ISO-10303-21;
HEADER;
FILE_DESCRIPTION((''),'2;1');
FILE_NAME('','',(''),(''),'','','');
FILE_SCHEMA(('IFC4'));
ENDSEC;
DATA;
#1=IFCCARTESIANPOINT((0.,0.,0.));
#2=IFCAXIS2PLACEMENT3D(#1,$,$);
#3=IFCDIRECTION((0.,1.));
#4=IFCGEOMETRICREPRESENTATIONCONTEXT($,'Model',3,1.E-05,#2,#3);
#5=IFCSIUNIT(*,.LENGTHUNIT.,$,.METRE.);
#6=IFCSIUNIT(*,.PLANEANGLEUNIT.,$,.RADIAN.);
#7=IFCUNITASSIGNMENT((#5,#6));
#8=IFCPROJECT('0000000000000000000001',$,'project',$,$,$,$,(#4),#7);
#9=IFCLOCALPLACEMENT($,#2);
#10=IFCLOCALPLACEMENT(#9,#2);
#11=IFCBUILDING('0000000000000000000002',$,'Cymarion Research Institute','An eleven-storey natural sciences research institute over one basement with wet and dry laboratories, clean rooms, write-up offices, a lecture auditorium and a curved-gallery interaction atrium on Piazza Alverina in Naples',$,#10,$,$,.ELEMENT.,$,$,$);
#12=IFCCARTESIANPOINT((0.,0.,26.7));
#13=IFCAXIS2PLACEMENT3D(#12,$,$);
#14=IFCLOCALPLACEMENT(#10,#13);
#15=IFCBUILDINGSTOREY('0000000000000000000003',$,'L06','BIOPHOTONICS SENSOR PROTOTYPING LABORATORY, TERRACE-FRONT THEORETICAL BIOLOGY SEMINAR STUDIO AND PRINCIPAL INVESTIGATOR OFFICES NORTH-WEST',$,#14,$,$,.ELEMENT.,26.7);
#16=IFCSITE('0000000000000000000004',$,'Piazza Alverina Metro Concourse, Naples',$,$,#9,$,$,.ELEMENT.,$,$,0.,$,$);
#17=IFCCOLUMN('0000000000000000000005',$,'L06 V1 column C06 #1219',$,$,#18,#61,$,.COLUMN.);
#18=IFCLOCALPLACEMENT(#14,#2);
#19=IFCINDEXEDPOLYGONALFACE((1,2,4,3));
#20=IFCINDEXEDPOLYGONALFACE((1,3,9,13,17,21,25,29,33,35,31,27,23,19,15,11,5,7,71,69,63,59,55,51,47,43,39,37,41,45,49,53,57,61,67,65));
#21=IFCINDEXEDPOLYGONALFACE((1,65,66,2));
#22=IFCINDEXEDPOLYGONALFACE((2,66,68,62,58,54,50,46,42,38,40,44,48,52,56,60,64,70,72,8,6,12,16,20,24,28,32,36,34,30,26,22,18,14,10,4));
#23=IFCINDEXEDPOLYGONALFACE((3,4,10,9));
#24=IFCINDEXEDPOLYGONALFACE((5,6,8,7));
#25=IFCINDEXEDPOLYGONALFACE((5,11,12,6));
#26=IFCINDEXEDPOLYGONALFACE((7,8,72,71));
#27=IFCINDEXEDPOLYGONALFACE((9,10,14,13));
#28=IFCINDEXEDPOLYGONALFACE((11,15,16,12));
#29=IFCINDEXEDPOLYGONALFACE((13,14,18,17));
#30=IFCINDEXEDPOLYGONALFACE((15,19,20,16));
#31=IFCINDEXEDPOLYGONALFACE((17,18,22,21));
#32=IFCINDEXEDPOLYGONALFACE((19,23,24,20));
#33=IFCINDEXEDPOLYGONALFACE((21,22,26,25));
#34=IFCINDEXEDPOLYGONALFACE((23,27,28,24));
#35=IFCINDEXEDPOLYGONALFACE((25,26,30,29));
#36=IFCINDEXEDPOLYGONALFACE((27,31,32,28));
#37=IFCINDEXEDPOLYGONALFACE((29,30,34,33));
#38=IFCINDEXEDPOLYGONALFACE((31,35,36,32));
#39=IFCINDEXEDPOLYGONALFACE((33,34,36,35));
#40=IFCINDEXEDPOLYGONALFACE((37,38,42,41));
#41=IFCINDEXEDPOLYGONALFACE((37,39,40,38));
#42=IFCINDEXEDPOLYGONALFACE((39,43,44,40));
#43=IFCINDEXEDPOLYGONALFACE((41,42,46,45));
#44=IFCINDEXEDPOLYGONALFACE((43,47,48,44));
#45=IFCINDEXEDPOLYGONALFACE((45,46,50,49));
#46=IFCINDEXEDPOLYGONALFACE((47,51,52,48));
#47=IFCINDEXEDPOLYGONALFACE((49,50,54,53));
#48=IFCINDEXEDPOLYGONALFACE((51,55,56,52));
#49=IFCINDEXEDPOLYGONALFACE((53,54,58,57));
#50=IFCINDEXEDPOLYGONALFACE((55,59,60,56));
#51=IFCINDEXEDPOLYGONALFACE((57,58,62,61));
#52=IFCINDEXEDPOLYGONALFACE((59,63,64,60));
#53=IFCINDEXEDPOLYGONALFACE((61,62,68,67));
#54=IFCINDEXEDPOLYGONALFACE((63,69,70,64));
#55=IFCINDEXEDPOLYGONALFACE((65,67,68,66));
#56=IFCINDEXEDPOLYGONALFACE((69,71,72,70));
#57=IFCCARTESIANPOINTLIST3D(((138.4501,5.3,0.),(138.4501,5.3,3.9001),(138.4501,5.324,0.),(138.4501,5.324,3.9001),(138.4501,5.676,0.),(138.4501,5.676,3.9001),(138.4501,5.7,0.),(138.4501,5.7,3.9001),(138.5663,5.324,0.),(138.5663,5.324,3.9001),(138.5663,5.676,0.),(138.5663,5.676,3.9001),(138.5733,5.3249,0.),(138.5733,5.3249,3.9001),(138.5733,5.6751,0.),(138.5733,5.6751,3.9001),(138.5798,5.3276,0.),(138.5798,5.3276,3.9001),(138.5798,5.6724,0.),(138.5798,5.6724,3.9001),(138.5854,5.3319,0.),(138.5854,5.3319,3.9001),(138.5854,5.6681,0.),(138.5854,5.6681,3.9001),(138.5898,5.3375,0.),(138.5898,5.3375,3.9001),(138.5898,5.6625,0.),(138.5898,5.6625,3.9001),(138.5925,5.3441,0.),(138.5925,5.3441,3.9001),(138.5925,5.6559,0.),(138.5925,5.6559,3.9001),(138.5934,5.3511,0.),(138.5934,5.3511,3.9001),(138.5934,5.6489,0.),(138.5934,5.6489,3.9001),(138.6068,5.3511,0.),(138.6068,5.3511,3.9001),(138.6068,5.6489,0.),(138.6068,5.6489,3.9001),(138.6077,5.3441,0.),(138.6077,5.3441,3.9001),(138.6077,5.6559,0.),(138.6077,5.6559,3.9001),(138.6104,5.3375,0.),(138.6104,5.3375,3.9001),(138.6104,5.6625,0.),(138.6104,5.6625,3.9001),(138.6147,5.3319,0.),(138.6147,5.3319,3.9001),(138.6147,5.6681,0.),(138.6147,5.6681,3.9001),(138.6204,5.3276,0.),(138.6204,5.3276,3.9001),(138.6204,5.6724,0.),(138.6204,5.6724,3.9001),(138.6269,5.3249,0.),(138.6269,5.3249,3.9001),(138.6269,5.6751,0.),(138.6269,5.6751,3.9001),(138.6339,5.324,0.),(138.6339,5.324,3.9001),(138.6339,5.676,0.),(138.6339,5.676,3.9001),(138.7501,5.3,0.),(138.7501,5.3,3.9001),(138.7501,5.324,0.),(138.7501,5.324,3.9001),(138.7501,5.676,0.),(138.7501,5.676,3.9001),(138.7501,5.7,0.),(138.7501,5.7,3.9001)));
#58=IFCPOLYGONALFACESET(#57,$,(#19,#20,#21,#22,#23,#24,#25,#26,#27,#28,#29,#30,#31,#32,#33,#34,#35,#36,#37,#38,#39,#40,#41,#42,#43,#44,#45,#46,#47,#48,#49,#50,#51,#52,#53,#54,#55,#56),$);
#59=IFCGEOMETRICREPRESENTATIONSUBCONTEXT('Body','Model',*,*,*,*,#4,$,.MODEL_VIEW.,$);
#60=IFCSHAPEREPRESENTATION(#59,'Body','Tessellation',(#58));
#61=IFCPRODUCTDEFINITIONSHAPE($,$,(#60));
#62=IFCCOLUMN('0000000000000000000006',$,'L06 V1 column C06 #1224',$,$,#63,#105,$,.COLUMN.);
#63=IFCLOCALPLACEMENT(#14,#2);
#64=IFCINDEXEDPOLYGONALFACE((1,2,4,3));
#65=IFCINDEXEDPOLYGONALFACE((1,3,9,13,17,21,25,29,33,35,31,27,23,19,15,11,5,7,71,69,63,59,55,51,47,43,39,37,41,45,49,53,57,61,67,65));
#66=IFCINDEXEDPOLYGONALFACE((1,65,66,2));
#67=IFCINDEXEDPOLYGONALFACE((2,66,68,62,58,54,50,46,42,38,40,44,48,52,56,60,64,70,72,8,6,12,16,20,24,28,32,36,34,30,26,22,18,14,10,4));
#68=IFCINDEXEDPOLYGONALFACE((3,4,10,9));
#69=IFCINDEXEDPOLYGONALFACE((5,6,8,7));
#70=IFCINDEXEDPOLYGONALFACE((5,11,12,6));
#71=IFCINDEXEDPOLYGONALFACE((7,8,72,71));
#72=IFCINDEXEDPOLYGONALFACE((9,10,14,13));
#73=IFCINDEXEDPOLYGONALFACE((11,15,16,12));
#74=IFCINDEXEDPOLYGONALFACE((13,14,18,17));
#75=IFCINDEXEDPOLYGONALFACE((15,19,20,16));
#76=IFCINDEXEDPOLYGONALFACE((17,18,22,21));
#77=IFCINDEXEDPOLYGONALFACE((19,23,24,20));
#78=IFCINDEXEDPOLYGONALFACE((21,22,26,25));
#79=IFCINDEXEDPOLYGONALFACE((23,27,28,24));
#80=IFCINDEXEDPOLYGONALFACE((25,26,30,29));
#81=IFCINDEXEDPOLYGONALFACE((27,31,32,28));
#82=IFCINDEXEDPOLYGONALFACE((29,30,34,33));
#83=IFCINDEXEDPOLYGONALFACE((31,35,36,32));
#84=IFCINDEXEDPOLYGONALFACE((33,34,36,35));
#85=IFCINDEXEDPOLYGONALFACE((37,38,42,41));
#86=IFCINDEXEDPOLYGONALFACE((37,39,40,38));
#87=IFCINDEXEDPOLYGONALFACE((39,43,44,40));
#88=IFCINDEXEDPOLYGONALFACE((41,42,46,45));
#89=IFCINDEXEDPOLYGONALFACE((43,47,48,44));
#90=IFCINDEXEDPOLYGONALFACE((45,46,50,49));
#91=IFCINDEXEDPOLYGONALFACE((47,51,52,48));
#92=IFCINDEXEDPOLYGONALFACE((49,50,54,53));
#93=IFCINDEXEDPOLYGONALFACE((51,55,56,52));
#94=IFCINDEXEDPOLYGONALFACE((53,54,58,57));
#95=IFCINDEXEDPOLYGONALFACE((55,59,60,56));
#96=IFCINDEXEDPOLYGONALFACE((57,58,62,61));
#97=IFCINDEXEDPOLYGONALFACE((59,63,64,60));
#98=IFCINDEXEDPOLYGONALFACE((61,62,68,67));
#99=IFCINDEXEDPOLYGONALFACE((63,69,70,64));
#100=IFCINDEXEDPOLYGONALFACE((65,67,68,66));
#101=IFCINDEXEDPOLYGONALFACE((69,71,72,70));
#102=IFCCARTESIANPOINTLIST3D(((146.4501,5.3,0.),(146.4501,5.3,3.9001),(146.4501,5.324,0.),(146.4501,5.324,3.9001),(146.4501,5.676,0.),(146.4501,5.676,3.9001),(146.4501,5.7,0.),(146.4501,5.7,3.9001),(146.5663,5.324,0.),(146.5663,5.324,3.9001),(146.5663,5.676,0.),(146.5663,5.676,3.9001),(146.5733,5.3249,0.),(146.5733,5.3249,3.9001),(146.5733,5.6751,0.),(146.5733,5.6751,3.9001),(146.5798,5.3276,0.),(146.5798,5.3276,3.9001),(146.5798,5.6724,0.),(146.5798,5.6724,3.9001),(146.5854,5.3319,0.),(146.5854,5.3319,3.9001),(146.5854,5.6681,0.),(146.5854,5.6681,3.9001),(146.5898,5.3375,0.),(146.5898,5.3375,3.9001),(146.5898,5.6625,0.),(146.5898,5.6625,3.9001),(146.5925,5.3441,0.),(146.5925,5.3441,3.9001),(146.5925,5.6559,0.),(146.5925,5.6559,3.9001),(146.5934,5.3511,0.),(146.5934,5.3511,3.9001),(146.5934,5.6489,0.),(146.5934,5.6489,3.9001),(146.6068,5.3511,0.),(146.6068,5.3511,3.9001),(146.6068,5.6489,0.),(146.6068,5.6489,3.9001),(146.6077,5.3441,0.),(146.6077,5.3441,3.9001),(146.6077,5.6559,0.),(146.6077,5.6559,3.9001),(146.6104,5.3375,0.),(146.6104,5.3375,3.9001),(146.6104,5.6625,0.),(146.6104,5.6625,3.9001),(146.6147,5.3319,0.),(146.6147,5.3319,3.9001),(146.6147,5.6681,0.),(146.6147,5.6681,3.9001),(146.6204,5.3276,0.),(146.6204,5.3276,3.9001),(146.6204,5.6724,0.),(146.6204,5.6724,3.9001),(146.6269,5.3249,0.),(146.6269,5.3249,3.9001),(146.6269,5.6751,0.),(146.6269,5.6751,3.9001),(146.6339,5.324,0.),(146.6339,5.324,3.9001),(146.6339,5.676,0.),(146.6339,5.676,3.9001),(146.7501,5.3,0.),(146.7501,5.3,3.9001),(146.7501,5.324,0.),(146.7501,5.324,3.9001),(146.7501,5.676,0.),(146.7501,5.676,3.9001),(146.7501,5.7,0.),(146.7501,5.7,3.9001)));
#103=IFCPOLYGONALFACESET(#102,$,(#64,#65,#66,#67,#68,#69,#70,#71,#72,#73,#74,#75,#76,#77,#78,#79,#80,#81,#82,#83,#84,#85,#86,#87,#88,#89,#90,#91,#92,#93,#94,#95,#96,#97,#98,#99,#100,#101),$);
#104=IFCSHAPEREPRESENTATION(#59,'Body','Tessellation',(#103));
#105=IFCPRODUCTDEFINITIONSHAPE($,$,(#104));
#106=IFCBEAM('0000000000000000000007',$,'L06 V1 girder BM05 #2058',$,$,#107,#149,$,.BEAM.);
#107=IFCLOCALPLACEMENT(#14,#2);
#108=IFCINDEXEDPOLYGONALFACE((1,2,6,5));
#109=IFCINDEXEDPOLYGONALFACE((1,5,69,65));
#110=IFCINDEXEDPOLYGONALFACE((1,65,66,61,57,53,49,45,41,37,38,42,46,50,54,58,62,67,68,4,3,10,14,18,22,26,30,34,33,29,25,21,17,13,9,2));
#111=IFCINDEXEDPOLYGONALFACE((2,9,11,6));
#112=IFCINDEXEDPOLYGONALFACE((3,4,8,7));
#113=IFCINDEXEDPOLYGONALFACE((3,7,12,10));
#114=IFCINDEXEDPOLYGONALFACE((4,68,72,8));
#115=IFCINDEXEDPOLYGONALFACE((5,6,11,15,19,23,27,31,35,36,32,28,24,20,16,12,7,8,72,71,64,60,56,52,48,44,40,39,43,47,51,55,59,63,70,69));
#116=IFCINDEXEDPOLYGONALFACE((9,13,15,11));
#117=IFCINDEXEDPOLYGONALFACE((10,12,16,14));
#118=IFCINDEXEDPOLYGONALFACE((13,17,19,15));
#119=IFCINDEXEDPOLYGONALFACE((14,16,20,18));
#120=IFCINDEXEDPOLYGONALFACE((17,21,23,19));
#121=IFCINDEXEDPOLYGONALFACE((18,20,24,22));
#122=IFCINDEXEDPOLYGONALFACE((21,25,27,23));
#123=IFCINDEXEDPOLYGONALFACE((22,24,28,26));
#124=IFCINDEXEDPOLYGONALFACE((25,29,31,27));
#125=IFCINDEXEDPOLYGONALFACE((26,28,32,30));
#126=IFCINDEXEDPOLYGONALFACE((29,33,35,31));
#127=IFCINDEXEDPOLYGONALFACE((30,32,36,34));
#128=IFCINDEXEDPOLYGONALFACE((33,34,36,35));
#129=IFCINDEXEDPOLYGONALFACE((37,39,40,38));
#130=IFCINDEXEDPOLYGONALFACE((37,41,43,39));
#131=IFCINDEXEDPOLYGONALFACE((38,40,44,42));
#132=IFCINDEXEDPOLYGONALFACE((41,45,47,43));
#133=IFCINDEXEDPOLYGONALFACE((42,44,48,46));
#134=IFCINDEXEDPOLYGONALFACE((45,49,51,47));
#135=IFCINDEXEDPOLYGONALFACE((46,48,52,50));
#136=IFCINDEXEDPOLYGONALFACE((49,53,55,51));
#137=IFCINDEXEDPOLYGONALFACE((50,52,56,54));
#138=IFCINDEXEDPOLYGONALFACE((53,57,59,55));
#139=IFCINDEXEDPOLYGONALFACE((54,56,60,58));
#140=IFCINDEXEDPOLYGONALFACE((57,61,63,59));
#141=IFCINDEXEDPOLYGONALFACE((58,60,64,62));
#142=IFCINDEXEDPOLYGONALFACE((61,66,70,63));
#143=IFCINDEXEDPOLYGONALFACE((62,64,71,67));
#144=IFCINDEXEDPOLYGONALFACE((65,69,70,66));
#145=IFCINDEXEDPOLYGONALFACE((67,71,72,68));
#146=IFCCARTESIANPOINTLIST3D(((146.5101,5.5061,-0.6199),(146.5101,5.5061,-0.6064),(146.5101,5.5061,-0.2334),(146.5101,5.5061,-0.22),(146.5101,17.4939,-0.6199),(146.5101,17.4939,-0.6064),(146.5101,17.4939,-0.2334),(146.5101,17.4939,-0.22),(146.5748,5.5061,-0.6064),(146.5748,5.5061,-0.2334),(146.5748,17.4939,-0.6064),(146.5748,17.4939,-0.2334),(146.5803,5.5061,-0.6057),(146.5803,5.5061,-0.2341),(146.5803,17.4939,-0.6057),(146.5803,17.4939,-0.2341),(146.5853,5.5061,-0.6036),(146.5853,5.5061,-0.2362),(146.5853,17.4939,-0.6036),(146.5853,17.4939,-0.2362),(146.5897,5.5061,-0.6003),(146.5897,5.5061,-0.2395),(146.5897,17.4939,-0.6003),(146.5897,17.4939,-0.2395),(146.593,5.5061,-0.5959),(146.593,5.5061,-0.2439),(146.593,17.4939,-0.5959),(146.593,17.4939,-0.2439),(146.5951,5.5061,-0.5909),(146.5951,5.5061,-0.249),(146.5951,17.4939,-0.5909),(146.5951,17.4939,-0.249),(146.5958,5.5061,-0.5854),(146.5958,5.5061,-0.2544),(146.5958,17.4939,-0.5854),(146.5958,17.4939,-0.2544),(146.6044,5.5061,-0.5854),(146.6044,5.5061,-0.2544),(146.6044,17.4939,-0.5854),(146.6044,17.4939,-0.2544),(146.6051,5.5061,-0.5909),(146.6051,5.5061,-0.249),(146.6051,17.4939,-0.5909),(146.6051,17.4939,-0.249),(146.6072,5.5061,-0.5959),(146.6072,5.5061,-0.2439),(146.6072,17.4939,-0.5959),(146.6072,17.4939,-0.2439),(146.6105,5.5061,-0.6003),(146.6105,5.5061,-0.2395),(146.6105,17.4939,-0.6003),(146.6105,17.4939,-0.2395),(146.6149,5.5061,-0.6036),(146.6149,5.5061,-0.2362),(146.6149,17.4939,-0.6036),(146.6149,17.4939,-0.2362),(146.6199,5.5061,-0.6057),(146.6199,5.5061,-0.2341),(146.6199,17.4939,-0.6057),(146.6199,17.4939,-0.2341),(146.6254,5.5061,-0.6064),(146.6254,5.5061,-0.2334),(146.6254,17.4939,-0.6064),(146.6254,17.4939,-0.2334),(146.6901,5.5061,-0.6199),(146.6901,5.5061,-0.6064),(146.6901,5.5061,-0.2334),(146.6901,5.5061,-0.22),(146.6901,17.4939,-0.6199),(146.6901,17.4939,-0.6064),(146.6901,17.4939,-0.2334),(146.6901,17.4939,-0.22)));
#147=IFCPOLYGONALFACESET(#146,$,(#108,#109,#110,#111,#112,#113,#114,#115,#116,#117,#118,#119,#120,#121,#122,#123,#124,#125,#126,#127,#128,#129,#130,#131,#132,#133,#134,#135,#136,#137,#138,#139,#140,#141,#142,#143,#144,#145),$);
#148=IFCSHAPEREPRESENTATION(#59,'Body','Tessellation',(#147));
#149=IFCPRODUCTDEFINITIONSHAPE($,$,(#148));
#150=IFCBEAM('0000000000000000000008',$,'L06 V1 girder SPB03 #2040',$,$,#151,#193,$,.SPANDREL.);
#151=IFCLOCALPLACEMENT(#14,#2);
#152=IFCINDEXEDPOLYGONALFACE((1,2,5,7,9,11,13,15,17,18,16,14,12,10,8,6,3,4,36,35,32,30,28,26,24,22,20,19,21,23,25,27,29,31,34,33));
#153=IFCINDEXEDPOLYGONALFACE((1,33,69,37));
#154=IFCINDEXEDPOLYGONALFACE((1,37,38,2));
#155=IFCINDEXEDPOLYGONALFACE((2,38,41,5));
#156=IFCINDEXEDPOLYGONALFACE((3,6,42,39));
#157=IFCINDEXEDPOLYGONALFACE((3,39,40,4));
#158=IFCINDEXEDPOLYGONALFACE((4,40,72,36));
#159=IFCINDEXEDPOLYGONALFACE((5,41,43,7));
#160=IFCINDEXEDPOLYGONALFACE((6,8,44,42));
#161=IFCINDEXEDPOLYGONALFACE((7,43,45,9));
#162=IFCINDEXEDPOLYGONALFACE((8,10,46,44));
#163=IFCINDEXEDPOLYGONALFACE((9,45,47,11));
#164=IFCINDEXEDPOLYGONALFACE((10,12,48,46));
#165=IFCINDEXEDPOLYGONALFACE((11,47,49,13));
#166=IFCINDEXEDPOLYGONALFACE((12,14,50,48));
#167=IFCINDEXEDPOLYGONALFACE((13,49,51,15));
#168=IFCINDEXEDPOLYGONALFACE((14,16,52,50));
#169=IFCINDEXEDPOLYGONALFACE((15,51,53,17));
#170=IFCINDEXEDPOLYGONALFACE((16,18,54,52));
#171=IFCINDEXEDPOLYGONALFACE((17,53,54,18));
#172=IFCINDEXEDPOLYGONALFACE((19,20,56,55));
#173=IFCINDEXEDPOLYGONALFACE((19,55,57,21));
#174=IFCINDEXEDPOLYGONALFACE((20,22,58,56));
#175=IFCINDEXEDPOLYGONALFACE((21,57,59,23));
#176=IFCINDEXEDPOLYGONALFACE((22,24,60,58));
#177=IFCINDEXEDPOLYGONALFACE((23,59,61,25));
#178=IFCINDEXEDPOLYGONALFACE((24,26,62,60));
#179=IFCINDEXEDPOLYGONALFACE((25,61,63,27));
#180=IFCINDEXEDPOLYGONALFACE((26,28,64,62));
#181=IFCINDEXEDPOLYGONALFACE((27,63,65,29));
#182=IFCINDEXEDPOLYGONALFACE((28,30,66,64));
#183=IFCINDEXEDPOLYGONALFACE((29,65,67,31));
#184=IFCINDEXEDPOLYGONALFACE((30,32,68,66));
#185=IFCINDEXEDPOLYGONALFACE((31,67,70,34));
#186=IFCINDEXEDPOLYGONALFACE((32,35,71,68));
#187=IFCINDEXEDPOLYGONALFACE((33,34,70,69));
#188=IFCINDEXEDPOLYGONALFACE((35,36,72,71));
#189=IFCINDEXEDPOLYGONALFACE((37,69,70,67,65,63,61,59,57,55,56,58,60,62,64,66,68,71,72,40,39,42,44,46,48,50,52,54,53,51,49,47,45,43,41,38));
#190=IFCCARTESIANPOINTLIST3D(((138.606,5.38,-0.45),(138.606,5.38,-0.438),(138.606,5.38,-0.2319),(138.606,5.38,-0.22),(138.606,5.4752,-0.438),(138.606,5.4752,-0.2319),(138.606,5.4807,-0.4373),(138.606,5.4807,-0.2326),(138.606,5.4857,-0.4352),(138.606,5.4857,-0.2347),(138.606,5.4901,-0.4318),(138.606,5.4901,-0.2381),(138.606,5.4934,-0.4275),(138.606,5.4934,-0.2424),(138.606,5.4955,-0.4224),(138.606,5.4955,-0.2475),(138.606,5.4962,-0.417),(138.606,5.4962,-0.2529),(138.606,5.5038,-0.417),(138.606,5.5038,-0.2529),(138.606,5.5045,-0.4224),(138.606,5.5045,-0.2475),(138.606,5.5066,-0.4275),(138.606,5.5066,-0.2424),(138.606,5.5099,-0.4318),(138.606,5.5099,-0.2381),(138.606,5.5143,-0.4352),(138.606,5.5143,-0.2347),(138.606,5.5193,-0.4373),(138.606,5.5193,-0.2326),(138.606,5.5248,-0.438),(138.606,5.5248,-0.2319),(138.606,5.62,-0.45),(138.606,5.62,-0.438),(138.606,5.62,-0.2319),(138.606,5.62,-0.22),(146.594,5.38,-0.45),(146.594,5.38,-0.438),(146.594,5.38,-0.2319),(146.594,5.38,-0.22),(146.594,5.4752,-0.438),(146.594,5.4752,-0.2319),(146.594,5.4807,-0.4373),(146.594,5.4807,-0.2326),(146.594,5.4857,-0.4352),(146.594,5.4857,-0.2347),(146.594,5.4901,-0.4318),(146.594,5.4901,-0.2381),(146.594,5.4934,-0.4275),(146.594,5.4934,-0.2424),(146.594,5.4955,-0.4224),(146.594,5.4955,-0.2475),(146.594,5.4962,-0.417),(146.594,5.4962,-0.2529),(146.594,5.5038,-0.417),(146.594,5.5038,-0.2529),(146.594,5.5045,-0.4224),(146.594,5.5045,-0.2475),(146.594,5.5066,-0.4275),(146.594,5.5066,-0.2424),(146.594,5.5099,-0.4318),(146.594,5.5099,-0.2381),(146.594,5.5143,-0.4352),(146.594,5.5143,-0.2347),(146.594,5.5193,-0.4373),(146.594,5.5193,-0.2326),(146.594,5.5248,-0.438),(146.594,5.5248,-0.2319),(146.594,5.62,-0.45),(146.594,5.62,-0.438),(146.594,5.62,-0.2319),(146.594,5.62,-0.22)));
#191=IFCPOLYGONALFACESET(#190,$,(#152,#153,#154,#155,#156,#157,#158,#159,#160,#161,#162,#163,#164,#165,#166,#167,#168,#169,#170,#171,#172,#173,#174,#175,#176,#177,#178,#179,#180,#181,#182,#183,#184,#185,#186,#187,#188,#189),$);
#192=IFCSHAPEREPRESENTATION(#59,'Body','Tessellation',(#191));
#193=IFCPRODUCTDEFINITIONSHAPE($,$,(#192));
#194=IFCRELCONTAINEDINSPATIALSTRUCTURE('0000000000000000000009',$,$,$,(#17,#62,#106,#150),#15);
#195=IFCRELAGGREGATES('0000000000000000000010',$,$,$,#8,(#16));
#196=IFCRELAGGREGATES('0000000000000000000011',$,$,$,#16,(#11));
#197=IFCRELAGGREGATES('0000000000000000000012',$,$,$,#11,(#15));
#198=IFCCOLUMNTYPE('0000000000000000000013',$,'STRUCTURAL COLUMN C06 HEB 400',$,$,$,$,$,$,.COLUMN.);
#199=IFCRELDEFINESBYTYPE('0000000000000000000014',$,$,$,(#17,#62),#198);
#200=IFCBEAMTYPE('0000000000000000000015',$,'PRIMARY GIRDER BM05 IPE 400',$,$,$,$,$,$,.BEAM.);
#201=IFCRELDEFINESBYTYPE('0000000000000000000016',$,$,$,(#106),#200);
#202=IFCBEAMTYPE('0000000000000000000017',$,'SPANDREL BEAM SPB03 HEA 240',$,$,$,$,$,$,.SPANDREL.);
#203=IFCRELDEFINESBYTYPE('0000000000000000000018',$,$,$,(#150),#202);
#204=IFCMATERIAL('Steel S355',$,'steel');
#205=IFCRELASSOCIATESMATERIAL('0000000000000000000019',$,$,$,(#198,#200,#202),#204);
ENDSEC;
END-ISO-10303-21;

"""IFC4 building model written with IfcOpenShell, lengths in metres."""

from ifc_helpers import new_model, si_unit, direction, frame, origin, origin_2d, place, context, subcontext, project, spatial, i_section, extrude, material, material_profile, profile_set, type_object, element, save


model = new_model("IFC4")

# Units and contexts
model_context = context("Model", 3, precision=1e-05, world=origin(), true_north=direction((0.0, 1.0)))
body_context = subcontext(model_context, "Body", "Model", "MODEL_VIEW")
ifc_project = project(units=[si_unit("LENGTHUNIT", "METRE"), si_unit("PLANEANGLEUNIT", "RADIAN")], contexts=[model_context])

# Site, building, storey
site_placement = place(None, origin())
site = spatial("IfcSite", under=ifc_project, at=site_placement, Name="Piazza Alverina Metro Concourse, Naples", CompositionType="ELEMENT", RefElevation=0.0)
building_placement = place(site_placement, origin())
building = spatial("IfcBuilding", under=site, at=building_placement, Name="Cymarion Research Institute", Description="An eleven-storey natural sciences research institute over one basement with wet and dry laboratories, clean rooms, write-up offices, a lecture auditorium and a curved-gallery interaction atrium on Piazza Alverina in Naples", CompositionType="ELEMENT")
storey_placement = place(building_placement, frame((0.0, 0.0, 26.7)))
storey = spatial("IfcBuildingStorey", under=building, at=storey_placement, Name="L06", Description="BIOPHOTONICS SENSOR PROTOTYPING LABORATORY, TERRACE-FRONT THEORETICAL BIOLOGY SEMINAR STUDIO AND PRINCIPAL INVESTIGATOR OFFICES NORTH-WEST", CompositionType="ELEMENT", Elevation=26.7)

# Columns
ifc_material_1 = material(Name="Steel S355", Category="steel")
ifc_material_profile_1 = material_profile(ifc_material_1, i_section(OverallWidth=0.3, OverallDepth=0.3999, WebThickness=0.0134, FlangeThickness=0.0239, FilletRadius=0.0271, at=origin_2d()), Name="HEB 400")
ifc_profile_set_1 = profile_set([ifc_material_profile_1], Name="Steel S355")
column_type = type_object("IfcColumnType", Name="STRUCTURAL COLUMN C06 HEB 400", PredefinedType="COLUMN", material=ifc_profile_set_1)
for number, where, z_axis, x_axis, name in (
    (1, (138.6001, 5.5, 0.0), (0.0, 0.0, 1.0), (1.0, 0.0, 0.0), "L06 V1 column C06 #1219"),
    (2, (146.6001, 5.5, 0.0), (0.0, 0.0, 1.0), (1.0, 0.0, 0.0), "L06 V1 column C06 #1224"),
):
    element("IfcColumn", number, at=place(storey_placement, frame(where, z_axis=z_axis, x_axis=x_axis)), inside=storey, type_object=column_type, Name=name, PredefinedType="COLUMN", context=body_context, shape_type="SweptSolid", body=[
        extrude(i_section(OverallWidth=0.3, OverallDepth=0.3999, WebThickness=0.0134, FlangeThickness=0.0239, FilletRadius=0.0271, at=origin_2d()), origin(), (0.0, 0.0, 1.0), 3.9001),
    ])

# Beams
ifc_material_profile_2 = material_profile(ifc_material_1, i_section(OverallWidth=0.1799, OverallDepth=0.3999, WebThickness=0.0085, FlangeThickness=0.0134, FilletRadius=0.021, at=origin_2d()), Name="IPE 400")
ifc_profile_set_2 = profile_set([ifc_material_profile_2], Name="Steel S355")
beam_type_1 = type_object("IfcBeamType", Name="PRIMARY GIRDER BM05 IPE 400", PredefinedType="BEAM", material=ifc_profile_set_2)
beam_1_placement = place(storey_placement, frame((146.6001, 5.5061, -0.4199), z_axis=(0.0, 1.0, 0.0), x_axis=(-1.0, 0.0, 0.0)))
element("IfcBeam", 3, at=beam_1_placement, inside=storey, type_object=beam_type_1, Name="L06 V1 girder BM05 #2058", PredefinedType="BEAM", context=body_context, shape_type="SweptSolid", body=[
    extrude(i_section(OverallWidth=0.1799, OverallDepth=0.3999, WebThickness=0.0085, FlangeThickness=0.0134, FilletRadius=0.021, at=origin_2d()), origin(), (0.0, 0.0, 1.0), 11.9878),
])
ifc_material_profile_3 = material_profile(ifc_material_1, i_section(OverallWidth=0.24, OverallDepth=0.23, WebThickness=0.0076, FlangeThickness=0.012, FilletRadius=0.021, at=origin_2d()), Name="HEA 240")
ifc_profile_set_3 = profile_set([ifc_material_profile_3], Name="Steel S355")
beam_type_2 = type_object("IfcBeamType", Name="SPANDREL BEAM SPB03 HEA 240", PredefinedType="SPANDREL", material=ifc_profile_set_3)
beam_2_placement = place(storey_placement, frame((138.606, 5.5, -0.335), z_axis=(1.0, 0.0, 0.0), x_axis=(0.0, 1.0, 0.0)))
element("IfcBeam", 4, at=beam_2_placement, inside=storey, type_object=beam_type_2, Name="L06 V1 girder SPB03 #2040", PredefinedType="SPANDREL", context=body_context, shape_type="SweptSolid", body=[
    extrude(i_section(OverallWidth=0.24, OverallDepth=0.23, WebThickness=0.0076, FlangeThickness=0.012, FilletRadius=0.021, at=origin_2d()), origin(), (0.0, 0.0, 1.0), 7.988),
])

save(model, "model.ifc")
